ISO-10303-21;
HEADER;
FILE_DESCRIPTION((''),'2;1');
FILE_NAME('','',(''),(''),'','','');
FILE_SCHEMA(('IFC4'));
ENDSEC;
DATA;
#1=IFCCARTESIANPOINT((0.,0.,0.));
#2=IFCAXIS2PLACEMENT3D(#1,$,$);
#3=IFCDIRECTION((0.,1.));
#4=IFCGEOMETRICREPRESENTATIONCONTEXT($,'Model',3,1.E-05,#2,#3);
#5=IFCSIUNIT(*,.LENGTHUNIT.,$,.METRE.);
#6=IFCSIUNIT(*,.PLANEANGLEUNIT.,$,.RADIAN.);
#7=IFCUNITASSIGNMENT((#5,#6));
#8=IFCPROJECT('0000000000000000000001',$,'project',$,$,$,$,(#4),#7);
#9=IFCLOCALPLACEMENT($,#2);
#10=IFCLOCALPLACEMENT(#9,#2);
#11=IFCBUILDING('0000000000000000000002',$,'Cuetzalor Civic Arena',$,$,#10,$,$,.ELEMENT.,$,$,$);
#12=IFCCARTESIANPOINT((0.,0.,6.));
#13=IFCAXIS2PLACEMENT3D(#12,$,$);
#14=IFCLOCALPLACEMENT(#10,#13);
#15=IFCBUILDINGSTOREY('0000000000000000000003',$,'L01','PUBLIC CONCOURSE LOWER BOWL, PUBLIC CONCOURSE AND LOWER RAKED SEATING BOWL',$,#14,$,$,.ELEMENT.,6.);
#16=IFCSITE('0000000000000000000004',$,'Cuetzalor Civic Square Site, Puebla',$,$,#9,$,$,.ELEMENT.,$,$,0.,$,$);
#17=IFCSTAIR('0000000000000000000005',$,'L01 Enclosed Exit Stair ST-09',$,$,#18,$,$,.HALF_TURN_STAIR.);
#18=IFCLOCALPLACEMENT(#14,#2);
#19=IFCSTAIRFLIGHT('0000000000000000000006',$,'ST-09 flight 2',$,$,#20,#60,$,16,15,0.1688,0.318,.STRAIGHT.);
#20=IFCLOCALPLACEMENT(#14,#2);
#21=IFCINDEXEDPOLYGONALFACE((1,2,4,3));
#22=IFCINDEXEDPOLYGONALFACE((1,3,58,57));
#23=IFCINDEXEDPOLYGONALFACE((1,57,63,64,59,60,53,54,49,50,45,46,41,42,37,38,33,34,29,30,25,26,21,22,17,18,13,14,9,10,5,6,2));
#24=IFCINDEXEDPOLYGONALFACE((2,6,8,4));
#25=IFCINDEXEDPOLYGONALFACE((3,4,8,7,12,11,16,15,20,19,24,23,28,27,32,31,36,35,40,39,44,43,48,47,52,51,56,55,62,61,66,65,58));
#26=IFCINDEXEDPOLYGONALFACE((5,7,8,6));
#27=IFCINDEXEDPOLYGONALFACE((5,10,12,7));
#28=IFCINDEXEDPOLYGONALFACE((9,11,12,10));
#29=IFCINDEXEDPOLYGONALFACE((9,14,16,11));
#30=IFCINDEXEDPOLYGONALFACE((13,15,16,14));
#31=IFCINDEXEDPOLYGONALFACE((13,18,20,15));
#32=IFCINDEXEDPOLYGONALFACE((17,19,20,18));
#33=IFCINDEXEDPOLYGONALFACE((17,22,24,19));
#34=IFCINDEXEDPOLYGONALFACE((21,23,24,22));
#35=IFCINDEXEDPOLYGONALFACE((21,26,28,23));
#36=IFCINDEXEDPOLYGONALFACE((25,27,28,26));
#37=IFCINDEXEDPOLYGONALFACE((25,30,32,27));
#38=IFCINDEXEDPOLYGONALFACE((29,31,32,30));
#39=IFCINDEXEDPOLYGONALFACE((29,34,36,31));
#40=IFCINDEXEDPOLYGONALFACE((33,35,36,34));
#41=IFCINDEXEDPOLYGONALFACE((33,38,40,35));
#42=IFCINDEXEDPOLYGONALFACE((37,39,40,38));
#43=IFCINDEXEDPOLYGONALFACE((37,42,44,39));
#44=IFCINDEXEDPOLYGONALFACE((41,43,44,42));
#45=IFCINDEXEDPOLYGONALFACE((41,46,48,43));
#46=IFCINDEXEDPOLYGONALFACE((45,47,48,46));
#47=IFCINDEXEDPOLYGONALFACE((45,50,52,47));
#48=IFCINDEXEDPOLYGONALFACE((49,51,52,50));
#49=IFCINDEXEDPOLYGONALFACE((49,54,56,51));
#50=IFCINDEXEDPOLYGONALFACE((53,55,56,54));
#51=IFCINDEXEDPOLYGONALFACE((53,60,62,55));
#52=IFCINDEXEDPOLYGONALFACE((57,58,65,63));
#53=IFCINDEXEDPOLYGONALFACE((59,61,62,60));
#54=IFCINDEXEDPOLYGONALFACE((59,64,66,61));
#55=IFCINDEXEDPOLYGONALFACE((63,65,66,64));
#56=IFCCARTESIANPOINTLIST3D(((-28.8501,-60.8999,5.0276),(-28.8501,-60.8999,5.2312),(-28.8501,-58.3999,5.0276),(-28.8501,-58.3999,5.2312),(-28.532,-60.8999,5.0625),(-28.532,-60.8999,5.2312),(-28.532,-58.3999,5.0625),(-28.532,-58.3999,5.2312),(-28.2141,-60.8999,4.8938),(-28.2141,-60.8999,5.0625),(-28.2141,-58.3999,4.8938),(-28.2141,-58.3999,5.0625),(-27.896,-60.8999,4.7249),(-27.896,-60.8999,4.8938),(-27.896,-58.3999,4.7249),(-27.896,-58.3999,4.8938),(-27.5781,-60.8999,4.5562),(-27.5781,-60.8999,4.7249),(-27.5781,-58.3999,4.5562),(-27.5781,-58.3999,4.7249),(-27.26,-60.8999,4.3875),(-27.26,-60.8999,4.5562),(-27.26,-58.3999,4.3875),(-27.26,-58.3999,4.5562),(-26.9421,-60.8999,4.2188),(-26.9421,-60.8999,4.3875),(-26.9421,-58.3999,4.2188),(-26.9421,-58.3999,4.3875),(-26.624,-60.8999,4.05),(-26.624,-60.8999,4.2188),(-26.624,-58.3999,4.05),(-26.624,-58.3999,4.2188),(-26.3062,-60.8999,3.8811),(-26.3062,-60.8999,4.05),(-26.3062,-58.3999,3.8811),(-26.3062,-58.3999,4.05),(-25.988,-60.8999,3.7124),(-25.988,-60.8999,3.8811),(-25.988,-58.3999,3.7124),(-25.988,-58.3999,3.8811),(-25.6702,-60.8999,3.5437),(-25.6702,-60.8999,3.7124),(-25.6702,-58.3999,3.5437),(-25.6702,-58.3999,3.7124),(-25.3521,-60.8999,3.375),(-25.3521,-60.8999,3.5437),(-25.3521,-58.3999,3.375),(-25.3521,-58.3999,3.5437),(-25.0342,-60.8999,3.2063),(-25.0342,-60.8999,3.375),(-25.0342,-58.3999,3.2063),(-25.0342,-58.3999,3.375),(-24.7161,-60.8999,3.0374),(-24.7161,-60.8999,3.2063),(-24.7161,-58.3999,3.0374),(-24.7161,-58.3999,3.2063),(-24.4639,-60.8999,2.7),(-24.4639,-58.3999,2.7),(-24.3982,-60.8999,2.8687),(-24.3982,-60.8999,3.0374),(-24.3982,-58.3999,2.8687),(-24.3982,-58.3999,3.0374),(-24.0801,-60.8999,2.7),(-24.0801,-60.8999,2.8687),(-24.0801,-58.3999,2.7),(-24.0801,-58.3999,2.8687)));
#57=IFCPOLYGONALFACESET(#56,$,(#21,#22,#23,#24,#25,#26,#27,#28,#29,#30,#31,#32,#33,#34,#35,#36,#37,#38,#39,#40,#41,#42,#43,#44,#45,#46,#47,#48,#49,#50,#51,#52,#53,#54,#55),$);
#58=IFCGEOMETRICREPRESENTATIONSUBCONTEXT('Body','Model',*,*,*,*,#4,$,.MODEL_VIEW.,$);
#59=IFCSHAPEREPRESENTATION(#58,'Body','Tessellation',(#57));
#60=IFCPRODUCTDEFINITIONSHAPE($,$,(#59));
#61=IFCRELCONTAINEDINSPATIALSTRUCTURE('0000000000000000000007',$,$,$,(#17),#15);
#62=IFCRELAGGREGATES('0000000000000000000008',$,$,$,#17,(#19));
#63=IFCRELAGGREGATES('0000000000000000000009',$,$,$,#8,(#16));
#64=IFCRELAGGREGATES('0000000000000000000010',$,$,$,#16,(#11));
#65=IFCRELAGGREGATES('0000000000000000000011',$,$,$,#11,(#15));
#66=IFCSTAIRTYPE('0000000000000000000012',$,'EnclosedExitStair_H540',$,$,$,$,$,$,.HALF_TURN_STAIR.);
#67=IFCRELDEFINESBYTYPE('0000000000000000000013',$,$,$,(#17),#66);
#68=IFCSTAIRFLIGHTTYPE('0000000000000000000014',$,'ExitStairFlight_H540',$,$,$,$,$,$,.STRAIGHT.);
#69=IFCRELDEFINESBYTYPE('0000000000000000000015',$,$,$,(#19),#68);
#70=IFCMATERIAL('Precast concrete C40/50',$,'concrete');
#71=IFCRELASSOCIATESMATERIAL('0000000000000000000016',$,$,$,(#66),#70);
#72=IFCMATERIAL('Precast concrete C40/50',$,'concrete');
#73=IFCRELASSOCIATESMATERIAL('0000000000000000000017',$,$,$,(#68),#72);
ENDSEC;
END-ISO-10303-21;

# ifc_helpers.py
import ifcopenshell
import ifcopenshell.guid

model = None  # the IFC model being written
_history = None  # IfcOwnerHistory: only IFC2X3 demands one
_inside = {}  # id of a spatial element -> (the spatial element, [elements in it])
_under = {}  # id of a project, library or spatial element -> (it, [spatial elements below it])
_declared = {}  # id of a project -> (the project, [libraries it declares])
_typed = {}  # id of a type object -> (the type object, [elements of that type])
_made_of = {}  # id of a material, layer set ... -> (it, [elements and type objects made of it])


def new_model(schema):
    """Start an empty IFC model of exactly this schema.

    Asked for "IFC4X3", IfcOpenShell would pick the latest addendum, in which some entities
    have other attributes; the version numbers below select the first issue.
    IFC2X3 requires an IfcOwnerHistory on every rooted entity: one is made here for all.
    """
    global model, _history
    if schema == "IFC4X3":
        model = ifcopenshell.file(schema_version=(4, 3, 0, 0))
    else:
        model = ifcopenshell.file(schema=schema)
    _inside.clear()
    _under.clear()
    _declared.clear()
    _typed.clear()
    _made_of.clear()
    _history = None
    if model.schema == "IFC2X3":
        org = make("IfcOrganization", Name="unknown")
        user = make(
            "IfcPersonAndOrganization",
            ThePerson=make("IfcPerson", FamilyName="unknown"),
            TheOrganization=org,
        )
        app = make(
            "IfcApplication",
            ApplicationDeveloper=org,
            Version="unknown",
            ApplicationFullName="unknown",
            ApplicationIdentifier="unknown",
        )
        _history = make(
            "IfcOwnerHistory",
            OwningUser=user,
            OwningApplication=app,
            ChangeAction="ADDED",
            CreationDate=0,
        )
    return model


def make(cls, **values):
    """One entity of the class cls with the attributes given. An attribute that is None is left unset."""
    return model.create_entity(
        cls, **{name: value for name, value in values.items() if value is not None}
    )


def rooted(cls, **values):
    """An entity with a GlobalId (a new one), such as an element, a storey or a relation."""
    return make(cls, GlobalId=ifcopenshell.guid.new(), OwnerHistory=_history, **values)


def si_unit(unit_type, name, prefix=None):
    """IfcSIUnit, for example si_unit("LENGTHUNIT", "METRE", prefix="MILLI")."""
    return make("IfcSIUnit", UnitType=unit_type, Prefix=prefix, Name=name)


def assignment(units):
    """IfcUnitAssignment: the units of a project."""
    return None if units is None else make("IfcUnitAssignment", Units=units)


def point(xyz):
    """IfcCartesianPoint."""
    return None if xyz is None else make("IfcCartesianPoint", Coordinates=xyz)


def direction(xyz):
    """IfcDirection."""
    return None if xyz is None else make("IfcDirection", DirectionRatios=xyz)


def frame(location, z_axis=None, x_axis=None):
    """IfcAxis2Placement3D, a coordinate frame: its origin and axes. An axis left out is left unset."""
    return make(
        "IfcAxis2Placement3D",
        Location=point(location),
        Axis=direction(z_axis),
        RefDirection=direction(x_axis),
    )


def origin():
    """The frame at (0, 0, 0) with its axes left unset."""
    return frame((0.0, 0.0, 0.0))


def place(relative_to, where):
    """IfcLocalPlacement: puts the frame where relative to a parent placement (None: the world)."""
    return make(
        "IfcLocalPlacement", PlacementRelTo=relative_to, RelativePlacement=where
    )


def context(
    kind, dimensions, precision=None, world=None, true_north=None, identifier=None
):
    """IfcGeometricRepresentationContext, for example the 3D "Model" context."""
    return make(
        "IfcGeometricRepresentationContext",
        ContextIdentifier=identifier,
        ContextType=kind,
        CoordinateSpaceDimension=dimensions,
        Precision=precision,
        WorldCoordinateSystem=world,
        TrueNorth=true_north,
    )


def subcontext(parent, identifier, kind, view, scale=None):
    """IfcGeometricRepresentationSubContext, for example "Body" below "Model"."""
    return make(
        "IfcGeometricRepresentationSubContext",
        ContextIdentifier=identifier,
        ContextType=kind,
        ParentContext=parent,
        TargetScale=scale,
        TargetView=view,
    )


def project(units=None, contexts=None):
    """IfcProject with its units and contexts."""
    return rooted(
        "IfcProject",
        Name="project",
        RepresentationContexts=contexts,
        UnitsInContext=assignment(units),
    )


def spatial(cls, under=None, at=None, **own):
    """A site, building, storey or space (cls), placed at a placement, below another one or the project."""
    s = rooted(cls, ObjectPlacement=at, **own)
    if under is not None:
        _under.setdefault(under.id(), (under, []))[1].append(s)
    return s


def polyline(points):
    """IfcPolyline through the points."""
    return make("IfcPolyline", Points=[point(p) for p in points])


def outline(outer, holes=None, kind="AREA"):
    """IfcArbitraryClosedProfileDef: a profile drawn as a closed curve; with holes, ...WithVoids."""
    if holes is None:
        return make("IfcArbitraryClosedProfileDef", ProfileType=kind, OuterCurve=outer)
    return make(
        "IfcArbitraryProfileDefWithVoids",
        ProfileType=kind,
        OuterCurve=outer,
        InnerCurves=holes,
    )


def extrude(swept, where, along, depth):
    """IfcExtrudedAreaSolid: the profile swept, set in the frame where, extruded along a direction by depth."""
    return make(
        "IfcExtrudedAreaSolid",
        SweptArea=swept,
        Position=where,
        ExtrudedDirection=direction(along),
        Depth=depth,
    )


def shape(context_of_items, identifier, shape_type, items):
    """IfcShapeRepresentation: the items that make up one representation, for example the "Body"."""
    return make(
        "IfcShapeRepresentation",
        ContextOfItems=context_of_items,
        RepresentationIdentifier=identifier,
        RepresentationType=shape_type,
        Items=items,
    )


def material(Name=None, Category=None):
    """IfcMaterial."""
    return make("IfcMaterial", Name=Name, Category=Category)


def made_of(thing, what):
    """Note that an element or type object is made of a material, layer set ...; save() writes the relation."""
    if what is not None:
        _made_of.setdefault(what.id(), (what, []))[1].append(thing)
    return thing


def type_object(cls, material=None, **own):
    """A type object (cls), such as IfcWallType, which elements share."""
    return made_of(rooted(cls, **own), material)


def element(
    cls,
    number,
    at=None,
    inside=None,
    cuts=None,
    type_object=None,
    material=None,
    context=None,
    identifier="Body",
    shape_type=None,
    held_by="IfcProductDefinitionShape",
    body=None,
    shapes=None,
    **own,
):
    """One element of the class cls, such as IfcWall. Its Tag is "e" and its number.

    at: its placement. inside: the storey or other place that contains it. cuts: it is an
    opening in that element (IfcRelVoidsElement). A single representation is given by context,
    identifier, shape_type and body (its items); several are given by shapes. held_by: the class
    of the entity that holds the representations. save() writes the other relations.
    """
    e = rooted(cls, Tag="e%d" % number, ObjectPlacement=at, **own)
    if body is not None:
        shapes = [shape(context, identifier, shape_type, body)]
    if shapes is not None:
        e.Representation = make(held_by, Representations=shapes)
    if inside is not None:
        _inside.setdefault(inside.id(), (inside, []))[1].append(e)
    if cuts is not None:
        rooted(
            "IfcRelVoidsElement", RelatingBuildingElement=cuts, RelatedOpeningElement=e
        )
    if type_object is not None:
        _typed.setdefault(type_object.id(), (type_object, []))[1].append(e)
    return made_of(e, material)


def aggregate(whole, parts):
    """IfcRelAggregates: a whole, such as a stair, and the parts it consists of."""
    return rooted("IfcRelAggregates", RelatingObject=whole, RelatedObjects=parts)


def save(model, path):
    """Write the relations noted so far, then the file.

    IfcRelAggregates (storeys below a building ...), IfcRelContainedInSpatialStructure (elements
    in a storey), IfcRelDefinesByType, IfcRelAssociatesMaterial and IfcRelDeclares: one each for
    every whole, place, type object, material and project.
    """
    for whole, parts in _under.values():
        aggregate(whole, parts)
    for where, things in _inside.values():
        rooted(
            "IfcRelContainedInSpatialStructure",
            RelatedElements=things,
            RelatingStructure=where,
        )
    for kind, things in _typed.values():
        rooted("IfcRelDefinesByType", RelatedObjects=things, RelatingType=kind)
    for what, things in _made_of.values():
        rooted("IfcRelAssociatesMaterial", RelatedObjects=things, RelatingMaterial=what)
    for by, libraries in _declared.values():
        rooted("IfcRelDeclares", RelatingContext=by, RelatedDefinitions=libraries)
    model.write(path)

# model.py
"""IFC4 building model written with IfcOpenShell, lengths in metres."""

from ifc_helpers import new_model, si_unit, direction, frame, origin, place, context, subcontext, project, spatial, polyline, outline, extrude, material, type_object, element, aggregate, save


model = new_model("IFC4")

# Units and contexts
model_context = context("Model", 3, precision=1e-05, world=origin(), true_north=direction((0.0, 1.0)))
body_context = subcontext(model_context, "Body", "Model", "MODEL_VIEW")
ifc_project = project(units=[si_unit("LENGTHUNIT", "METRE"), si_unit("PLANEANGLEUNIT", "RADIAN")], contexts=[model_context])

# Site, building, storey
site_placement = place(None, origin())
site = spatial("IfcSite", under=ifc_project, at=site_placement, Name="Cuetzalor Civic Square Site, Puebla", CompositionType="ELEMENT", RefElevation=0.0)
building_placement = place(site_placement, origin())
building = spatial("IfcBuilding", under=site, at=building_placement, Name="Cuetzalor Civic Arena", CompositionType="ELEMENT")
storey_placement = place(building_placement, frame((0.0, 0.0, 6.0)))
storey = spatial("IfcBuildingStorey", under=building, at=storey_placement, Name="L01", Description="PUBLIC CONCOURSE LOWER BOWL, PUBLIC CONCOURSE AND LOWER RAKED SEATING BOWL", CompositionType="ELEMENT", Elevation=6.0)

# Stair, stair flight
ifc_material_1 = material(Name="Precast concrete C40/50", Category="concrete")
stair_type = type_object("IfcStairType", Name="EnclosedExitStair_H540", PredefinedType="HALF_TURN_STAIR", material=ifc_material_1)
stair_placement = place(storey_placement, origin())
stair = element("IfcStair", 1, at=stair_placement, inside=storey, type_object=stair_type, Name="L01 Enclosed Exit Stair ST-09", PredefinedType="HALF_TURN_STAIR")
ifc_material_2 = material(Name="Precast concrete C40/50", Category="concrete")
stair_flight_type = type_object("IfcStairFlightType", Name="ExitStairFlight_H540", PredefinedType="STRAIGHT", material=ifc_material_2)
stair_flight_1_placement = place(storey_placement, frame((-24.0801, -59.6499, 2.7), z_axis=(0.0, 0.0, 1.0), x_axis=(-1.0, 0.0, 0.0)))
stair_flight_1 = element("IfcStairFlight", 2, at=stair_flight_1_placement, type_object=stair_flight_type, Name="ST-09 flight 2", NumberOfRisers=16, NumberOfTreads=15, PredefinedType="STRAIGHT", RiserHeight=0.1688, TreadLength=0.318, context=body_context, shape_type="SweptSolid", body=[
    extrude(outline(polyline([(0.0, 0.0), (0.0, 0.1687), (0.3181, 0.1687), (0.3181, 0.3374), (0.636, 0.3374), (0.636, 0.5063), (0.9541, 0.5063), (0.9541, 0.675), (1.272, 0.675), (1.272, 0.8438), (1.5901, 0.8438), (1.5901, 1.0125), (1.908, 1.0125), (1.908, 1.1812), (2.2261, 1.1812), (2.2261, 1.3501), (2.5439, 1.3501), (2.5439, 1.5188), (2.8621, 1.5188), (2.8621, 1.6875), (3.1799, 1.6875), (3.1799, 1.8562), (3.498, 1.8562), (3.498, 2.0249), (3.8159, 2.0249), (3.8159, 2.1938), (4.134, 2.1938), (4.134, 2.3625), (4.4519, 2.3625), (4.4519, 2.5312), (4.77, 2.5312), (4.77, 2.7), (4.77, 2.3276), (0.3838, 0.0), (0.0, 0.0)])), frame((0.0, 1.25, 0.0), z_axis=(0.0, -1.0, 0.0), x_axis=(1.0, 0.0, 0.0)), (0.0, 0.0, 1.0), 2.5),
])
aggregate(stair, [stair_flight_1])

save(model, "model.ifc")
